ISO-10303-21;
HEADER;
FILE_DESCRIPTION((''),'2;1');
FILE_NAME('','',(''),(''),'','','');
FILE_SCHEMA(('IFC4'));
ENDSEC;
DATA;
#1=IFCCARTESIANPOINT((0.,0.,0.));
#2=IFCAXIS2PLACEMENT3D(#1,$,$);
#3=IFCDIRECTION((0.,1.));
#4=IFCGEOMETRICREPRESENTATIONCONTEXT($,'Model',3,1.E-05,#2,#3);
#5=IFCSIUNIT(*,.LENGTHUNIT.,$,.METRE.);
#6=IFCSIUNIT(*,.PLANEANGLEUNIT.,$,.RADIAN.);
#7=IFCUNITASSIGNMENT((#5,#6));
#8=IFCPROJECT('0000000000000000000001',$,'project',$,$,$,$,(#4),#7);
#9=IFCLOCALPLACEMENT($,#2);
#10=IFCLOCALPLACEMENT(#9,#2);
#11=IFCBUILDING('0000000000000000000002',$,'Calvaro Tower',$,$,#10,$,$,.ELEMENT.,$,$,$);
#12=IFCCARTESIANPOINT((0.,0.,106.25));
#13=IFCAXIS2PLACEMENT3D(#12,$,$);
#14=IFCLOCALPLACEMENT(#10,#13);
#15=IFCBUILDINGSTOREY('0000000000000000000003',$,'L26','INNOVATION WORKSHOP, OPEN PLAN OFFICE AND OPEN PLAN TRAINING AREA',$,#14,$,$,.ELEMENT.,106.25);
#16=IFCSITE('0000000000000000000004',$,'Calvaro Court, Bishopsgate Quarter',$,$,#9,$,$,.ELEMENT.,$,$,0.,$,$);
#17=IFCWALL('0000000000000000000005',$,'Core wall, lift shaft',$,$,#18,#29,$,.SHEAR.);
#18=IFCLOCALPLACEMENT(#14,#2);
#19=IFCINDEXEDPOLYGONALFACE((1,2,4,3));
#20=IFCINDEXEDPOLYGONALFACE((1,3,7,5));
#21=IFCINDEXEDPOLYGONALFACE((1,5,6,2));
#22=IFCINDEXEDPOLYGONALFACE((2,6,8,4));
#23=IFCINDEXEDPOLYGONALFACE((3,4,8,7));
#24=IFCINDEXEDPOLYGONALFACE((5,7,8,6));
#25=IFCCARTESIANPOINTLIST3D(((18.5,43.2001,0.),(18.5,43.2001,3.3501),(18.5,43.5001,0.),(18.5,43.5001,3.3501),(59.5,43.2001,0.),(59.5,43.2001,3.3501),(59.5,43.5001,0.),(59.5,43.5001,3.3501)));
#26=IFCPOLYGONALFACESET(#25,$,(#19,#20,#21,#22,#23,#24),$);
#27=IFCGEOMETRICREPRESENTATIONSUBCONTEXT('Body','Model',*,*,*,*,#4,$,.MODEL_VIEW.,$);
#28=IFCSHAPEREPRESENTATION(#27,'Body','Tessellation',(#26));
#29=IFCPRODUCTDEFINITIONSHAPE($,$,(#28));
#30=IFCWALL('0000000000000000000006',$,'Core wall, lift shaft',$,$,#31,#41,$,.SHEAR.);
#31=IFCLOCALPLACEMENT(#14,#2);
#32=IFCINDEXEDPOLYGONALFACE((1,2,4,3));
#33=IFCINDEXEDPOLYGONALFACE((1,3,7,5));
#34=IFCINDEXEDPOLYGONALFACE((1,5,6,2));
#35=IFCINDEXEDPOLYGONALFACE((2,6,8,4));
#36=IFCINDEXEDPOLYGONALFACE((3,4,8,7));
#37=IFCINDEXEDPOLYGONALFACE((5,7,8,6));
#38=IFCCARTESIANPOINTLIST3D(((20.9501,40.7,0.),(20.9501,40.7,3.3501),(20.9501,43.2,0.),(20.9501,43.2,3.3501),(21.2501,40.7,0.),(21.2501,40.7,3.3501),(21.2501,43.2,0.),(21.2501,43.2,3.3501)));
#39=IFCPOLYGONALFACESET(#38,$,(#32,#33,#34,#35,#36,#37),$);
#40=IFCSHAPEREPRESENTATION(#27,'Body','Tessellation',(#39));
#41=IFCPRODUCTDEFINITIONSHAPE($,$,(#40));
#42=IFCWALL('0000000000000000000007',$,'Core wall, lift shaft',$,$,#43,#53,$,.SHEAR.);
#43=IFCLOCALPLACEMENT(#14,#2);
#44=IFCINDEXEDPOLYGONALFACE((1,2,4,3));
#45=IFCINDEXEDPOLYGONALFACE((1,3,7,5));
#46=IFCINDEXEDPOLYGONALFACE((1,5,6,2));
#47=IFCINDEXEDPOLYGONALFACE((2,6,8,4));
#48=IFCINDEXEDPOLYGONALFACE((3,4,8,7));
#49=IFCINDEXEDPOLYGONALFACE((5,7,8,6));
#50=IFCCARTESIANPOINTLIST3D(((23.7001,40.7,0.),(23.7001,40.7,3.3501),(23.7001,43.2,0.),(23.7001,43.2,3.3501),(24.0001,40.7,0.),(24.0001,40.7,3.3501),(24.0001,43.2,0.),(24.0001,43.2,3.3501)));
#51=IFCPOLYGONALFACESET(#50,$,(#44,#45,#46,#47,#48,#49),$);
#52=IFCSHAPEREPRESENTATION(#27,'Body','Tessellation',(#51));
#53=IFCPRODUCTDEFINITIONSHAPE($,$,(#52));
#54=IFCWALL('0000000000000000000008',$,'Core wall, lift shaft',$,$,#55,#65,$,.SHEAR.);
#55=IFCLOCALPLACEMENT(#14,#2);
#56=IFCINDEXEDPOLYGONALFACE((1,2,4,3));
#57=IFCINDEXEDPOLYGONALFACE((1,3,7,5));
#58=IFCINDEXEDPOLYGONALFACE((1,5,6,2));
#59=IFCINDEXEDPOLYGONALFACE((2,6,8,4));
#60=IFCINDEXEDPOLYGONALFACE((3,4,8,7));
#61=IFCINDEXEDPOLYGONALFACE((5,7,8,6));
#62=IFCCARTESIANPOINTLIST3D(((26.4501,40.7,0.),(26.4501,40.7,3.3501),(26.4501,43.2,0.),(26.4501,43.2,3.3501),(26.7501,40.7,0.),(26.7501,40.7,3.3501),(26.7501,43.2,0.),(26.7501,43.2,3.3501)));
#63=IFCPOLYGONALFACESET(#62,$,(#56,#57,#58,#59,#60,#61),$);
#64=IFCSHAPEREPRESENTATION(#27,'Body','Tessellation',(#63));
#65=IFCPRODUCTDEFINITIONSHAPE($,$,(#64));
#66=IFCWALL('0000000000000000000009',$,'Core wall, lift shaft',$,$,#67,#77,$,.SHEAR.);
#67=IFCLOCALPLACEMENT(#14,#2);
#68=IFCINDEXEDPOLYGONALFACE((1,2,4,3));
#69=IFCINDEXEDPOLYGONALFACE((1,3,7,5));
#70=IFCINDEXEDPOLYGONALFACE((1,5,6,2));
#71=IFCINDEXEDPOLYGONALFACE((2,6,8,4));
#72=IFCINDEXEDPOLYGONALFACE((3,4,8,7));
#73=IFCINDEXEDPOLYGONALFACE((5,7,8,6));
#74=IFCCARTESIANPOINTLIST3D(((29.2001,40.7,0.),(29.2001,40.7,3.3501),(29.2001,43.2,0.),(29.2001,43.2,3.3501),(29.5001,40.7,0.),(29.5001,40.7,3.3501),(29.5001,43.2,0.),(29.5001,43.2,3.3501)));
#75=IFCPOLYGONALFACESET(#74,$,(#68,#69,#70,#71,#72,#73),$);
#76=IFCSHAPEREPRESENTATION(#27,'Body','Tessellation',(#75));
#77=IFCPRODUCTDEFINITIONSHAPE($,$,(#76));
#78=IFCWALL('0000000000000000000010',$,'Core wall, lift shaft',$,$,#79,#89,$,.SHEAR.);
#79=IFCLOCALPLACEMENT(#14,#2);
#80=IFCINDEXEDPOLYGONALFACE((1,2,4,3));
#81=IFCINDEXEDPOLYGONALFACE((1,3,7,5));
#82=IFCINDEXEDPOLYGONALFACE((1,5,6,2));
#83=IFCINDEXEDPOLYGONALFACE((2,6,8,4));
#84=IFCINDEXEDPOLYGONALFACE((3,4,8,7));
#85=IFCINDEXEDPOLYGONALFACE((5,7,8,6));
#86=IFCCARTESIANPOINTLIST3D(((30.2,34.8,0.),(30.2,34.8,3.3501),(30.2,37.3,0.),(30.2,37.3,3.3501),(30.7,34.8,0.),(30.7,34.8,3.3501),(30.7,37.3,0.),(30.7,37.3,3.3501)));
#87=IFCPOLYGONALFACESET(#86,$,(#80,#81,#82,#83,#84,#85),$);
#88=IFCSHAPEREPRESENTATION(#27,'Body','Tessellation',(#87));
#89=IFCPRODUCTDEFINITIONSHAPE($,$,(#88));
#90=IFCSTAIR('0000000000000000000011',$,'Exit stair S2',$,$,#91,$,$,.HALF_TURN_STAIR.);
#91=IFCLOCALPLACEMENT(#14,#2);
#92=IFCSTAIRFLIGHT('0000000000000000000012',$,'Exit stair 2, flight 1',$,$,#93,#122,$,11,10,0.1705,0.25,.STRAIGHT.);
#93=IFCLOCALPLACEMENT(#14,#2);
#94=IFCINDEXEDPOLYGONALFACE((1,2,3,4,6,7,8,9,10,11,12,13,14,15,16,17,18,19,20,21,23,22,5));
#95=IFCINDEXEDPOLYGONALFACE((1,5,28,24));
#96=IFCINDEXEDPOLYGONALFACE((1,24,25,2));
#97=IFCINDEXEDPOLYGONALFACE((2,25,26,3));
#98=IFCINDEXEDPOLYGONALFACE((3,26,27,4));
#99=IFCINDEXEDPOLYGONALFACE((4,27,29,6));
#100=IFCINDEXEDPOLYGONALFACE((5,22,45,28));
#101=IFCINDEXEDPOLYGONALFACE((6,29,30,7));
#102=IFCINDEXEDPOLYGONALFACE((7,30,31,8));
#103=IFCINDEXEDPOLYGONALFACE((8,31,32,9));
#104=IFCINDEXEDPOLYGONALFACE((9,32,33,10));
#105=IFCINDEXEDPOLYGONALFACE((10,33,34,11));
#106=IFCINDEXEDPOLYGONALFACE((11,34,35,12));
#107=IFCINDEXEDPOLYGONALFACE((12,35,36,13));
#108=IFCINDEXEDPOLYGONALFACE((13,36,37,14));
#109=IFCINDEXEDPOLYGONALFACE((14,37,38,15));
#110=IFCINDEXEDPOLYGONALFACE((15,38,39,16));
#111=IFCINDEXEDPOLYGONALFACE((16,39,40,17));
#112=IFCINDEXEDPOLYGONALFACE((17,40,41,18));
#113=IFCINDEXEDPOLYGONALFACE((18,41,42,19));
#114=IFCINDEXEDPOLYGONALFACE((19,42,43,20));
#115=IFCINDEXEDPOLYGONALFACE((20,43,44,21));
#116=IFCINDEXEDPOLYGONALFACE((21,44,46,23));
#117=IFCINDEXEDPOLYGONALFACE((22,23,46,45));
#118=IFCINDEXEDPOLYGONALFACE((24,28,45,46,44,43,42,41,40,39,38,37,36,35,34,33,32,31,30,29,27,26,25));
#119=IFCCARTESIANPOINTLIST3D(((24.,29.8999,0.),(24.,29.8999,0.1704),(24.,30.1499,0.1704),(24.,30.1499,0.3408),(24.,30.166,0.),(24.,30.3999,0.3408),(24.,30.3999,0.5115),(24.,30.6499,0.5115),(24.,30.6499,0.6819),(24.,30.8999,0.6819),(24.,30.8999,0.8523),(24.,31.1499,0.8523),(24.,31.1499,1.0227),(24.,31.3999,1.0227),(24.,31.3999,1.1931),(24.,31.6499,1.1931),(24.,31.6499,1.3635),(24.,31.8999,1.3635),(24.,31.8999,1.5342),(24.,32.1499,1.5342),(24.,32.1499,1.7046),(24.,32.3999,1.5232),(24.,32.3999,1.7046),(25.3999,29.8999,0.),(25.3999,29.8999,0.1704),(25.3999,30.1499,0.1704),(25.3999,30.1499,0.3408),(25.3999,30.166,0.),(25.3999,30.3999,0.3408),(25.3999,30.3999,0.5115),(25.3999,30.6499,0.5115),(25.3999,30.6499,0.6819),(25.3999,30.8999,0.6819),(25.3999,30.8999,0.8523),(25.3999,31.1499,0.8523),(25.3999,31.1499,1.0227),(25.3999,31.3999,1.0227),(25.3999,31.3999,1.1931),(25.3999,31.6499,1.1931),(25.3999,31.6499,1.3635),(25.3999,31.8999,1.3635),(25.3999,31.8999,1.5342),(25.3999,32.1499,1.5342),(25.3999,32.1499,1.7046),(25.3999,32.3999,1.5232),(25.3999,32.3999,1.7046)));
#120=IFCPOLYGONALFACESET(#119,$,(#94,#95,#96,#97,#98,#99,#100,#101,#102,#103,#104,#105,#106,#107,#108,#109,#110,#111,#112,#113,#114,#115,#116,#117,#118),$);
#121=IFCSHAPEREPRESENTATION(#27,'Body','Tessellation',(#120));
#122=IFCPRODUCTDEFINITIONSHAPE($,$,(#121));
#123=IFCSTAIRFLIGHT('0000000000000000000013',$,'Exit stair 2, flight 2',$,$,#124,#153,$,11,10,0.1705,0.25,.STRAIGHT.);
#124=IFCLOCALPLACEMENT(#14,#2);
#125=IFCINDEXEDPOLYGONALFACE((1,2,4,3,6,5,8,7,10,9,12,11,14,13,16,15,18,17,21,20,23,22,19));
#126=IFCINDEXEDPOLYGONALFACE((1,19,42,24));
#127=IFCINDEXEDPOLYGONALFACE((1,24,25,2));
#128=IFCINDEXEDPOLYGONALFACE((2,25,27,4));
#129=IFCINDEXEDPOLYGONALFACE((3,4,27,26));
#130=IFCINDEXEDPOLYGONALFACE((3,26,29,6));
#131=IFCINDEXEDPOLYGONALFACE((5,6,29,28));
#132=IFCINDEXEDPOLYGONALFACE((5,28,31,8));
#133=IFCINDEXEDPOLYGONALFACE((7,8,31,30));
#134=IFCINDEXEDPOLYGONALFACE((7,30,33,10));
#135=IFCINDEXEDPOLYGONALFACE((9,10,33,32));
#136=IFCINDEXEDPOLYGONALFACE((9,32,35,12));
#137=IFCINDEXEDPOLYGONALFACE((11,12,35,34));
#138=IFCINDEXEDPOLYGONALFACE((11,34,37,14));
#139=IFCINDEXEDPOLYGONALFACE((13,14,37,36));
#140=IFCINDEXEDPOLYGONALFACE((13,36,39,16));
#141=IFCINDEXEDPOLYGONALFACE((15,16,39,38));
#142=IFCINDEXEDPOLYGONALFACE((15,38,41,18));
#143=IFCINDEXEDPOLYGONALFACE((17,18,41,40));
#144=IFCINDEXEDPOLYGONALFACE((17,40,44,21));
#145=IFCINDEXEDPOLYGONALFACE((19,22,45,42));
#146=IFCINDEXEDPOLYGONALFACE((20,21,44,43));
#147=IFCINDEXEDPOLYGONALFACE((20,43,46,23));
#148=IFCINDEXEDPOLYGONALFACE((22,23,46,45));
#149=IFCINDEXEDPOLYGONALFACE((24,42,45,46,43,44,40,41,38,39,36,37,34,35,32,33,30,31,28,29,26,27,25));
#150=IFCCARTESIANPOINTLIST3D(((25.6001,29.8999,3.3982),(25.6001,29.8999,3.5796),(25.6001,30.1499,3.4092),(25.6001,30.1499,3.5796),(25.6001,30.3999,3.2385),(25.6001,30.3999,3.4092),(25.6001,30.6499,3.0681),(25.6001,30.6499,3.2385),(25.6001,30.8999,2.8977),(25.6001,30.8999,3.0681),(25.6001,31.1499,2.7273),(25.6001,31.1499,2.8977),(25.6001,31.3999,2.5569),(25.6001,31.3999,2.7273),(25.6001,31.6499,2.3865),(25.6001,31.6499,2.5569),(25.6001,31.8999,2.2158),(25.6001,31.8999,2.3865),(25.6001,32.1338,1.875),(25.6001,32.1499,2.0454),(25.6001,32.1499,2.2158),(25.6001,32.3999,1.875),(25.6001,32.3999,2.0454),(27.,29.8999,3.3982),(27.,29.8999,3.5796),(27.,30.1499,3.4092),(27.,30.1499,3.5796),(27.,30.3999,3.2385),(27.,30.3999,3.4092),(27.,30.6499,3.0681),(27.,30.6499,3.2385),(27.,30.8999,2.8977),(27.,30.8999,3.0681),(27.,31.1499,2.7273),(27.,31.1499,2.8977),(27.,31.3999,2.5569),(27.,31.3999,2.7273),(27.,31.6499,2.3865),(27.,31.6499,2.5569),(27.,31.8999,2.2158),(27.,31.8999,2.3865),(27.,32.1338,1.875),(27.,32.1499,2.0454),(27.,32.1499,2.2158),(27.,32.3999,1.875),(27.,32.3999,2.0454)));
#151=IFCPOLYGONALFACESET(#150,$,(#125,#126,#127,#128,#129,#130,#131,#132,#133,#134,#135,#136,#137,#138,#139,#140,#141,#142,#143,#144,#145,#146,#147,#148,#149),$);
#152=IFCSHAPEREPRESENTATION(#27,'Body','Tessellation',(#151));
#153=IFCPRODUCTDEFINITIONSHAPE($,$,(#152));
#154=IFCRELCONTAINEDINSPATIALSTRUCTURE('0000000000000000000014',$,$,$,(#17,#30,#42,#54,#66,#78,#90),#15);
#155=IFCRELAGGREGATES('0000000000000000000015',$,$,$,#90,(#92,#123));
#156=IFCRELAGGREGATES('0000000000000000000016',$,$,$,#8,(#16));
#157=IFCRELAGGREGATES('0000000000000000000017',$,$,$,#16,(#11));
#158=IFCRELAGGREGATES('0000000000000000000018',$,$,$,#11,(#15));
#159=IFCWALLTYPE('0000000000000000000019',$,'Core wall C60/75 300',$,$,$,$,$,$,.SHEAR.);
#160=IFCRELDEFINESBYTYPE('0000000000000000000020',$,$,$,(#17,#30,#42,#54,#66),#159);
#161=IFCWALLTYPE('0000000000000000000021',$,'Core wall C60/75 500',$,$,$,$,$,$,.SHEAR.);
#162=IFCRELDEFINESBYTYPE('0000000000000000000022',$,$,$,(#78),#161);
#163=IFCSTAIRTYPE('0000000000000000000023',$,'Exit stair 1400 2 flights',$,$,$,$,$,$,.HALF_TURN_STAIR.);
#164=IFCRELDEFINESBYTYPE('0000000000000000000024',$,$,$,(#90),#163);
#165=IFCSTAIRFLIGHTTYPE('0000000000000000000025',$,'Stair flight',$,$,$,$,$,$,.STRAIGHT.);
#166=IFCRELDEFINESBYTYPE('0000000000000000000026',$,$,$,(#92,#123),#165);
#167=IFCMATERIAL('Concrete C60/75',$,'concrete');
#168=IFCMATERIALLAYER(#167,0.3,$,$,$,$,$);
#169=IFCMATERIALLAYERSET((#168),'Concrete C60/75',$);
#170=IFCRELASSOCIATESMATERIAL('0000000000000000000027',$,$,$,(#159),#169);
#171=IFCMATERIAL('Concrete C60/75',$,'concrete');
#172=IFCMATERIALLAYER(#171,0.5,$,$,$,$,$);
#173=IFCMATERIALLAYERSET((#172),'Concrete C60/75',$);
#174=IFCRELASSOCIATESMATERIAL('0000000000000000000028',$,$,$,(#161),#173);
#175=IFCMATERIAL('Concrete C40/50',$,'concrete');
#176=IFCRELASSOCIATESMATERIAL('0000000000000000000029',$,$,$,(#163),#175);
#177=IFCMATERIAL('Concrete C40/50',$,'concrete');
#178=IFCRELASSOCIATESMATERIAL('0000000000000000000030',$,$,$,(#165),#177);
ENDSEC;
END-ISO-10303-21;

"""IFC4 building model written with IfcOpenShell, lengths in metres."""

from ifc_helpers import new_model, si_unit, direction, frame, frame_2d, origin, place, context, subcontext, project, spatial, polyline, rectangle, outline, extrude, material, layer, layer_set, type_object, element, aggregate, save


model = new_model("IFC4")

# Units and contexts
model_context = context("Model", 3, precision=1e-05, world=origin(), true_north=direction((0.0, 1.0)))
body_context = subcontext(model_context, "Body", "Model", "MODEL_VIEW")
ifc_project = project(units=[si_unit("LENGTHUNIT", "METRE"), si_unit("PLANEANGLEUNIT", "RADIAN")], contexts=[model_context])

# Site, building, storey
site_placement = place(None, origin())
site = spatial("IfcSite", under=ifc_project, at=site_placement, Name="Calvaro Court, Bishopsgate Quarter", CompositionType="ELEMENT", RefElevation=0.0)
building_placement = place(site_placement, origin())
building = spatial("IfcBuilding", under=site, at=building_placement, Name="Calvaro Tower", CompositionType="ELEMENT")
storey_placement = place(building_placement, frame((0.0, 0.0, 106.25)))
storey = spatial("IfcBuildingStorey", under=building, at=storey_placement, Name="L26", Description="INNOVATION WORKSHOP, OPEN PLAN OFFICE AND OPEN PLAN TRAINING AREA", CompositionType="ELEMENT", Elevation=106.25)

# Shared definitions
ifc_material_1 = material(Name="Concrete C60/75", Category="concrete")
ifc_layer_1 = layer(ifc_material_1, 0.3)
ifc_layer_set_1 = layer_set([ifc_layer_1], Name="Concrete C60/75")
wall_type_1 = type_object("IfcWallType", Name="Core wall C60/75 300", PredefinedType="SHEAR", material=ifc_layer_set_1)

# Walls
wall_1_placement = place(storey_placement, frame((18.5, 43.3501, 0.0), z_axis=(0.0, 0.0, 1.0), x_axis=(1.0, 0.0, 0.0)))
element("IfcWall", 1, at=wall_1_placement, inside=storey, type_object=wall_type_1, Name="Core wall, lift shaft", PredefinedType="SHEAR", context=body_context, shape_type="SweptSolid", body=[
    extrude(rectangle(XDim=41.0, YDim=0.3, at=frame_2d((20.5, 0.0))), origin(), (0.0, 0.0, 1.0), 3.3501),
])
for number, where, z_axis, x_axis, name in (
    (2, (21.1001, 40.7, 0.0), (0.0, 0.0, 1.0), (0.0, 1.0, 0.0), "Core wall, lift shaft"),
    (3, (23.8501, 40.7, 0.0), (0.0, 0.0, 1.0), (0.0, 1.0, 0.0), "Core wall, lift shaft"),
    (4, (26.6001, 40.7, 0.0), (0.0, 0.0, 1.0), (0.0, 1.0, 0.0), "Core wall, lift shaft"),
    (5, (29.3501, 40.7, 0.0), (0.0, 0.0, 1.0), (0.0, 1.0, 0.0), "Core wall, lift shaft"),
):
    element("IfcWall", number, at=place(storey_placement, frame(where, z_axis=z_axis, x_axis=x_axis)), inside=storey, type_object=wall_type_1, Name=name, PredefinedType="SHEAR", context=body_context, shape_type="SweptSolid", body=[
        extrude(rectangle(XDim=2.5, YDim=0.3, at=frame_2d((1.25, 0.0))), origin(), (0.0, 0.0, 1.0), 3.3501),
    ])
ifc_material_2 = material(Name="Concrete C60/75", Category="concrete")
ifc_layer_2 = layer(ifc_material_2, 0.5)
ifc_layer_set_2 = layer_set([ifc_layer_2], Name="Concrete C60/75")
wall_type_2 = type_object("IfcWallType", Name="Core wall C60/75 500", PredefinedType="SHEAR", material=ifc_layer_set_2)
wall_2_placement = place(storey_placement, frame((30.45, 34.8, 0.0), z_axis=(0.0, 0.0, 1.0), x_axis=(0.0, 1.0, 0.0)))
element("IfcWall", 6, at=wall_2_placement, inside=storey, type_object=wall_type_2, Name="Core wall, lift shaft", PredefinedType="SHEAR", context=body_context, shape_type="SweptSolid", body=[
    extrude(rectangle(XDim=2.5, YDim=0.5, at=frame_2d((1.25, 0.0))), origin(), (0.0, 0.0, 1.0), 3.3501),
])

# Stair, stair flights
ifc_material_3 = material(Name="Concrete C40/50", Category="concrete")
stair_type = type_object("IfcStairType", Name="Exit stair 1400 2 flights", PredefinedType="HALF_TURN_STAIR", material=ifc_material_3)
stair_1_placement = place(storey_placement, origin())
stair_1 = element("IfcStair", 7, at=stair_1_placement, inside=storey, type_object=stair_type, Name="Exit stair S2", PredefinedType="HALF_TURN_STAIR")
ifc_material_4 = material(Name="Concrete C40/50", Category="concrete")
stair_flight_type = type_object("IfcStairFlightType", Name="Stair flight", PredefinedType="STRAIGHT", material=ifc_material_4)
stair_flight_1_placement = place(storey_placement, frame((24.7, 29.8999, 0.0), z_axis=(0.0, 0.0, 1.0), x_axis=(0.0, 1.0, 0.0)))
stair_flight_1 = element("IfcStairFlight", 8, at=stair_flight_1_placement, type_object=stair_flight_type, Name="Exit stair 2, flight 1", NumberOfRisers=11, NumberOfTreads=10, PredefinedType="STRAIGHT", RiserHeight=0.1705, TreadLength=0.25, context=body_context, shape_type="SweptSolid", body=[
    extrude(outline(polyline([(0.0, 0.0), (0.0, 0.1704), (0.25, 0.1704), (0.25, 0.3408), (0.5, 0.3408), (0.5, 0.5115), (0.75, 0.5115), (0.75, 0.6819), (1.0, 0.6819), (1.0, 0.8523), (1.25, 0.8523), (1.25, 1.0227), (1.5, 1.0227), (1.5, 1.1931), (1.75, 1.1931), (1.75, 1.3635), (2.0, 1.3635), (2.0, 1.5342), (2.25, 1.5342), (2.25, 1.7046), (2.5, 1.7046), (2.5, 1.875), (2.5, 1.5232), (0.2661, 0.0), (0.0, 0.0)])), frame((0.0, 0.7, 0.0), z_axis=(0.0, -1.0, 0.0), x_axis=(1.0, 0.0, 0.0)), (0.0, 0.0, 1.0), 1.3999),
])
stair_flight_2_placement = place(storey_placement, frame((26.3, 32.3999, 1.875), z_axis=(0.0, 0.0, 1.0), x_axis=(0.0, -1.0, 0.0)))
stair_flight_2 = element("IfcStairFlight", 9, at=stair_flight_2_placement, type_object=stair_flight_type, Name="Exit stair 2, flight 2", NumberOfRisers=11, NumberOfTreads=10, PredefinedType="STRAIGHT", RiserHeight=0.1705, TreadLength=0.25, context=body_context, shape_type="SweptSolid", body=[
    extrude(outline(polyline([(0.0, 0.0), (0.0, 0.1704), (0.25, 0.1704), (0.25, 0.3408), (0.5, 0.3408), (0.5, 0.5115), (0.75, 0.5115), (0.75, 0.6819), (1.0, 0.6819), (1.0, 0.8523), (1.25, 0.8523), (1.25, 1.0227), (1.5, 1.0227), (1.5, 1.1931), (1.75, 1.1931), (1.75, 1.3635), (2.0, 1.3635), (2.0, 1.5342), (2.25, 1.5342), (2.25, 1.7046), (2.5, 1.7046), (2.5, 1.875), (2.5, 1.5232), (0.2661, 0.0), (0.0, 0.0)])), frame((0.0, 0.7, 0.0), z_axis=(0.0, -1.0, 0.0), x_axis=(1.0, 0.0, 0.0)), (0.0, 0.0, 1.0), 1.3999),
])

aggregate(stair_1, [stair_flight_1, stair_flight_2])

save(model, "model.ifc")
